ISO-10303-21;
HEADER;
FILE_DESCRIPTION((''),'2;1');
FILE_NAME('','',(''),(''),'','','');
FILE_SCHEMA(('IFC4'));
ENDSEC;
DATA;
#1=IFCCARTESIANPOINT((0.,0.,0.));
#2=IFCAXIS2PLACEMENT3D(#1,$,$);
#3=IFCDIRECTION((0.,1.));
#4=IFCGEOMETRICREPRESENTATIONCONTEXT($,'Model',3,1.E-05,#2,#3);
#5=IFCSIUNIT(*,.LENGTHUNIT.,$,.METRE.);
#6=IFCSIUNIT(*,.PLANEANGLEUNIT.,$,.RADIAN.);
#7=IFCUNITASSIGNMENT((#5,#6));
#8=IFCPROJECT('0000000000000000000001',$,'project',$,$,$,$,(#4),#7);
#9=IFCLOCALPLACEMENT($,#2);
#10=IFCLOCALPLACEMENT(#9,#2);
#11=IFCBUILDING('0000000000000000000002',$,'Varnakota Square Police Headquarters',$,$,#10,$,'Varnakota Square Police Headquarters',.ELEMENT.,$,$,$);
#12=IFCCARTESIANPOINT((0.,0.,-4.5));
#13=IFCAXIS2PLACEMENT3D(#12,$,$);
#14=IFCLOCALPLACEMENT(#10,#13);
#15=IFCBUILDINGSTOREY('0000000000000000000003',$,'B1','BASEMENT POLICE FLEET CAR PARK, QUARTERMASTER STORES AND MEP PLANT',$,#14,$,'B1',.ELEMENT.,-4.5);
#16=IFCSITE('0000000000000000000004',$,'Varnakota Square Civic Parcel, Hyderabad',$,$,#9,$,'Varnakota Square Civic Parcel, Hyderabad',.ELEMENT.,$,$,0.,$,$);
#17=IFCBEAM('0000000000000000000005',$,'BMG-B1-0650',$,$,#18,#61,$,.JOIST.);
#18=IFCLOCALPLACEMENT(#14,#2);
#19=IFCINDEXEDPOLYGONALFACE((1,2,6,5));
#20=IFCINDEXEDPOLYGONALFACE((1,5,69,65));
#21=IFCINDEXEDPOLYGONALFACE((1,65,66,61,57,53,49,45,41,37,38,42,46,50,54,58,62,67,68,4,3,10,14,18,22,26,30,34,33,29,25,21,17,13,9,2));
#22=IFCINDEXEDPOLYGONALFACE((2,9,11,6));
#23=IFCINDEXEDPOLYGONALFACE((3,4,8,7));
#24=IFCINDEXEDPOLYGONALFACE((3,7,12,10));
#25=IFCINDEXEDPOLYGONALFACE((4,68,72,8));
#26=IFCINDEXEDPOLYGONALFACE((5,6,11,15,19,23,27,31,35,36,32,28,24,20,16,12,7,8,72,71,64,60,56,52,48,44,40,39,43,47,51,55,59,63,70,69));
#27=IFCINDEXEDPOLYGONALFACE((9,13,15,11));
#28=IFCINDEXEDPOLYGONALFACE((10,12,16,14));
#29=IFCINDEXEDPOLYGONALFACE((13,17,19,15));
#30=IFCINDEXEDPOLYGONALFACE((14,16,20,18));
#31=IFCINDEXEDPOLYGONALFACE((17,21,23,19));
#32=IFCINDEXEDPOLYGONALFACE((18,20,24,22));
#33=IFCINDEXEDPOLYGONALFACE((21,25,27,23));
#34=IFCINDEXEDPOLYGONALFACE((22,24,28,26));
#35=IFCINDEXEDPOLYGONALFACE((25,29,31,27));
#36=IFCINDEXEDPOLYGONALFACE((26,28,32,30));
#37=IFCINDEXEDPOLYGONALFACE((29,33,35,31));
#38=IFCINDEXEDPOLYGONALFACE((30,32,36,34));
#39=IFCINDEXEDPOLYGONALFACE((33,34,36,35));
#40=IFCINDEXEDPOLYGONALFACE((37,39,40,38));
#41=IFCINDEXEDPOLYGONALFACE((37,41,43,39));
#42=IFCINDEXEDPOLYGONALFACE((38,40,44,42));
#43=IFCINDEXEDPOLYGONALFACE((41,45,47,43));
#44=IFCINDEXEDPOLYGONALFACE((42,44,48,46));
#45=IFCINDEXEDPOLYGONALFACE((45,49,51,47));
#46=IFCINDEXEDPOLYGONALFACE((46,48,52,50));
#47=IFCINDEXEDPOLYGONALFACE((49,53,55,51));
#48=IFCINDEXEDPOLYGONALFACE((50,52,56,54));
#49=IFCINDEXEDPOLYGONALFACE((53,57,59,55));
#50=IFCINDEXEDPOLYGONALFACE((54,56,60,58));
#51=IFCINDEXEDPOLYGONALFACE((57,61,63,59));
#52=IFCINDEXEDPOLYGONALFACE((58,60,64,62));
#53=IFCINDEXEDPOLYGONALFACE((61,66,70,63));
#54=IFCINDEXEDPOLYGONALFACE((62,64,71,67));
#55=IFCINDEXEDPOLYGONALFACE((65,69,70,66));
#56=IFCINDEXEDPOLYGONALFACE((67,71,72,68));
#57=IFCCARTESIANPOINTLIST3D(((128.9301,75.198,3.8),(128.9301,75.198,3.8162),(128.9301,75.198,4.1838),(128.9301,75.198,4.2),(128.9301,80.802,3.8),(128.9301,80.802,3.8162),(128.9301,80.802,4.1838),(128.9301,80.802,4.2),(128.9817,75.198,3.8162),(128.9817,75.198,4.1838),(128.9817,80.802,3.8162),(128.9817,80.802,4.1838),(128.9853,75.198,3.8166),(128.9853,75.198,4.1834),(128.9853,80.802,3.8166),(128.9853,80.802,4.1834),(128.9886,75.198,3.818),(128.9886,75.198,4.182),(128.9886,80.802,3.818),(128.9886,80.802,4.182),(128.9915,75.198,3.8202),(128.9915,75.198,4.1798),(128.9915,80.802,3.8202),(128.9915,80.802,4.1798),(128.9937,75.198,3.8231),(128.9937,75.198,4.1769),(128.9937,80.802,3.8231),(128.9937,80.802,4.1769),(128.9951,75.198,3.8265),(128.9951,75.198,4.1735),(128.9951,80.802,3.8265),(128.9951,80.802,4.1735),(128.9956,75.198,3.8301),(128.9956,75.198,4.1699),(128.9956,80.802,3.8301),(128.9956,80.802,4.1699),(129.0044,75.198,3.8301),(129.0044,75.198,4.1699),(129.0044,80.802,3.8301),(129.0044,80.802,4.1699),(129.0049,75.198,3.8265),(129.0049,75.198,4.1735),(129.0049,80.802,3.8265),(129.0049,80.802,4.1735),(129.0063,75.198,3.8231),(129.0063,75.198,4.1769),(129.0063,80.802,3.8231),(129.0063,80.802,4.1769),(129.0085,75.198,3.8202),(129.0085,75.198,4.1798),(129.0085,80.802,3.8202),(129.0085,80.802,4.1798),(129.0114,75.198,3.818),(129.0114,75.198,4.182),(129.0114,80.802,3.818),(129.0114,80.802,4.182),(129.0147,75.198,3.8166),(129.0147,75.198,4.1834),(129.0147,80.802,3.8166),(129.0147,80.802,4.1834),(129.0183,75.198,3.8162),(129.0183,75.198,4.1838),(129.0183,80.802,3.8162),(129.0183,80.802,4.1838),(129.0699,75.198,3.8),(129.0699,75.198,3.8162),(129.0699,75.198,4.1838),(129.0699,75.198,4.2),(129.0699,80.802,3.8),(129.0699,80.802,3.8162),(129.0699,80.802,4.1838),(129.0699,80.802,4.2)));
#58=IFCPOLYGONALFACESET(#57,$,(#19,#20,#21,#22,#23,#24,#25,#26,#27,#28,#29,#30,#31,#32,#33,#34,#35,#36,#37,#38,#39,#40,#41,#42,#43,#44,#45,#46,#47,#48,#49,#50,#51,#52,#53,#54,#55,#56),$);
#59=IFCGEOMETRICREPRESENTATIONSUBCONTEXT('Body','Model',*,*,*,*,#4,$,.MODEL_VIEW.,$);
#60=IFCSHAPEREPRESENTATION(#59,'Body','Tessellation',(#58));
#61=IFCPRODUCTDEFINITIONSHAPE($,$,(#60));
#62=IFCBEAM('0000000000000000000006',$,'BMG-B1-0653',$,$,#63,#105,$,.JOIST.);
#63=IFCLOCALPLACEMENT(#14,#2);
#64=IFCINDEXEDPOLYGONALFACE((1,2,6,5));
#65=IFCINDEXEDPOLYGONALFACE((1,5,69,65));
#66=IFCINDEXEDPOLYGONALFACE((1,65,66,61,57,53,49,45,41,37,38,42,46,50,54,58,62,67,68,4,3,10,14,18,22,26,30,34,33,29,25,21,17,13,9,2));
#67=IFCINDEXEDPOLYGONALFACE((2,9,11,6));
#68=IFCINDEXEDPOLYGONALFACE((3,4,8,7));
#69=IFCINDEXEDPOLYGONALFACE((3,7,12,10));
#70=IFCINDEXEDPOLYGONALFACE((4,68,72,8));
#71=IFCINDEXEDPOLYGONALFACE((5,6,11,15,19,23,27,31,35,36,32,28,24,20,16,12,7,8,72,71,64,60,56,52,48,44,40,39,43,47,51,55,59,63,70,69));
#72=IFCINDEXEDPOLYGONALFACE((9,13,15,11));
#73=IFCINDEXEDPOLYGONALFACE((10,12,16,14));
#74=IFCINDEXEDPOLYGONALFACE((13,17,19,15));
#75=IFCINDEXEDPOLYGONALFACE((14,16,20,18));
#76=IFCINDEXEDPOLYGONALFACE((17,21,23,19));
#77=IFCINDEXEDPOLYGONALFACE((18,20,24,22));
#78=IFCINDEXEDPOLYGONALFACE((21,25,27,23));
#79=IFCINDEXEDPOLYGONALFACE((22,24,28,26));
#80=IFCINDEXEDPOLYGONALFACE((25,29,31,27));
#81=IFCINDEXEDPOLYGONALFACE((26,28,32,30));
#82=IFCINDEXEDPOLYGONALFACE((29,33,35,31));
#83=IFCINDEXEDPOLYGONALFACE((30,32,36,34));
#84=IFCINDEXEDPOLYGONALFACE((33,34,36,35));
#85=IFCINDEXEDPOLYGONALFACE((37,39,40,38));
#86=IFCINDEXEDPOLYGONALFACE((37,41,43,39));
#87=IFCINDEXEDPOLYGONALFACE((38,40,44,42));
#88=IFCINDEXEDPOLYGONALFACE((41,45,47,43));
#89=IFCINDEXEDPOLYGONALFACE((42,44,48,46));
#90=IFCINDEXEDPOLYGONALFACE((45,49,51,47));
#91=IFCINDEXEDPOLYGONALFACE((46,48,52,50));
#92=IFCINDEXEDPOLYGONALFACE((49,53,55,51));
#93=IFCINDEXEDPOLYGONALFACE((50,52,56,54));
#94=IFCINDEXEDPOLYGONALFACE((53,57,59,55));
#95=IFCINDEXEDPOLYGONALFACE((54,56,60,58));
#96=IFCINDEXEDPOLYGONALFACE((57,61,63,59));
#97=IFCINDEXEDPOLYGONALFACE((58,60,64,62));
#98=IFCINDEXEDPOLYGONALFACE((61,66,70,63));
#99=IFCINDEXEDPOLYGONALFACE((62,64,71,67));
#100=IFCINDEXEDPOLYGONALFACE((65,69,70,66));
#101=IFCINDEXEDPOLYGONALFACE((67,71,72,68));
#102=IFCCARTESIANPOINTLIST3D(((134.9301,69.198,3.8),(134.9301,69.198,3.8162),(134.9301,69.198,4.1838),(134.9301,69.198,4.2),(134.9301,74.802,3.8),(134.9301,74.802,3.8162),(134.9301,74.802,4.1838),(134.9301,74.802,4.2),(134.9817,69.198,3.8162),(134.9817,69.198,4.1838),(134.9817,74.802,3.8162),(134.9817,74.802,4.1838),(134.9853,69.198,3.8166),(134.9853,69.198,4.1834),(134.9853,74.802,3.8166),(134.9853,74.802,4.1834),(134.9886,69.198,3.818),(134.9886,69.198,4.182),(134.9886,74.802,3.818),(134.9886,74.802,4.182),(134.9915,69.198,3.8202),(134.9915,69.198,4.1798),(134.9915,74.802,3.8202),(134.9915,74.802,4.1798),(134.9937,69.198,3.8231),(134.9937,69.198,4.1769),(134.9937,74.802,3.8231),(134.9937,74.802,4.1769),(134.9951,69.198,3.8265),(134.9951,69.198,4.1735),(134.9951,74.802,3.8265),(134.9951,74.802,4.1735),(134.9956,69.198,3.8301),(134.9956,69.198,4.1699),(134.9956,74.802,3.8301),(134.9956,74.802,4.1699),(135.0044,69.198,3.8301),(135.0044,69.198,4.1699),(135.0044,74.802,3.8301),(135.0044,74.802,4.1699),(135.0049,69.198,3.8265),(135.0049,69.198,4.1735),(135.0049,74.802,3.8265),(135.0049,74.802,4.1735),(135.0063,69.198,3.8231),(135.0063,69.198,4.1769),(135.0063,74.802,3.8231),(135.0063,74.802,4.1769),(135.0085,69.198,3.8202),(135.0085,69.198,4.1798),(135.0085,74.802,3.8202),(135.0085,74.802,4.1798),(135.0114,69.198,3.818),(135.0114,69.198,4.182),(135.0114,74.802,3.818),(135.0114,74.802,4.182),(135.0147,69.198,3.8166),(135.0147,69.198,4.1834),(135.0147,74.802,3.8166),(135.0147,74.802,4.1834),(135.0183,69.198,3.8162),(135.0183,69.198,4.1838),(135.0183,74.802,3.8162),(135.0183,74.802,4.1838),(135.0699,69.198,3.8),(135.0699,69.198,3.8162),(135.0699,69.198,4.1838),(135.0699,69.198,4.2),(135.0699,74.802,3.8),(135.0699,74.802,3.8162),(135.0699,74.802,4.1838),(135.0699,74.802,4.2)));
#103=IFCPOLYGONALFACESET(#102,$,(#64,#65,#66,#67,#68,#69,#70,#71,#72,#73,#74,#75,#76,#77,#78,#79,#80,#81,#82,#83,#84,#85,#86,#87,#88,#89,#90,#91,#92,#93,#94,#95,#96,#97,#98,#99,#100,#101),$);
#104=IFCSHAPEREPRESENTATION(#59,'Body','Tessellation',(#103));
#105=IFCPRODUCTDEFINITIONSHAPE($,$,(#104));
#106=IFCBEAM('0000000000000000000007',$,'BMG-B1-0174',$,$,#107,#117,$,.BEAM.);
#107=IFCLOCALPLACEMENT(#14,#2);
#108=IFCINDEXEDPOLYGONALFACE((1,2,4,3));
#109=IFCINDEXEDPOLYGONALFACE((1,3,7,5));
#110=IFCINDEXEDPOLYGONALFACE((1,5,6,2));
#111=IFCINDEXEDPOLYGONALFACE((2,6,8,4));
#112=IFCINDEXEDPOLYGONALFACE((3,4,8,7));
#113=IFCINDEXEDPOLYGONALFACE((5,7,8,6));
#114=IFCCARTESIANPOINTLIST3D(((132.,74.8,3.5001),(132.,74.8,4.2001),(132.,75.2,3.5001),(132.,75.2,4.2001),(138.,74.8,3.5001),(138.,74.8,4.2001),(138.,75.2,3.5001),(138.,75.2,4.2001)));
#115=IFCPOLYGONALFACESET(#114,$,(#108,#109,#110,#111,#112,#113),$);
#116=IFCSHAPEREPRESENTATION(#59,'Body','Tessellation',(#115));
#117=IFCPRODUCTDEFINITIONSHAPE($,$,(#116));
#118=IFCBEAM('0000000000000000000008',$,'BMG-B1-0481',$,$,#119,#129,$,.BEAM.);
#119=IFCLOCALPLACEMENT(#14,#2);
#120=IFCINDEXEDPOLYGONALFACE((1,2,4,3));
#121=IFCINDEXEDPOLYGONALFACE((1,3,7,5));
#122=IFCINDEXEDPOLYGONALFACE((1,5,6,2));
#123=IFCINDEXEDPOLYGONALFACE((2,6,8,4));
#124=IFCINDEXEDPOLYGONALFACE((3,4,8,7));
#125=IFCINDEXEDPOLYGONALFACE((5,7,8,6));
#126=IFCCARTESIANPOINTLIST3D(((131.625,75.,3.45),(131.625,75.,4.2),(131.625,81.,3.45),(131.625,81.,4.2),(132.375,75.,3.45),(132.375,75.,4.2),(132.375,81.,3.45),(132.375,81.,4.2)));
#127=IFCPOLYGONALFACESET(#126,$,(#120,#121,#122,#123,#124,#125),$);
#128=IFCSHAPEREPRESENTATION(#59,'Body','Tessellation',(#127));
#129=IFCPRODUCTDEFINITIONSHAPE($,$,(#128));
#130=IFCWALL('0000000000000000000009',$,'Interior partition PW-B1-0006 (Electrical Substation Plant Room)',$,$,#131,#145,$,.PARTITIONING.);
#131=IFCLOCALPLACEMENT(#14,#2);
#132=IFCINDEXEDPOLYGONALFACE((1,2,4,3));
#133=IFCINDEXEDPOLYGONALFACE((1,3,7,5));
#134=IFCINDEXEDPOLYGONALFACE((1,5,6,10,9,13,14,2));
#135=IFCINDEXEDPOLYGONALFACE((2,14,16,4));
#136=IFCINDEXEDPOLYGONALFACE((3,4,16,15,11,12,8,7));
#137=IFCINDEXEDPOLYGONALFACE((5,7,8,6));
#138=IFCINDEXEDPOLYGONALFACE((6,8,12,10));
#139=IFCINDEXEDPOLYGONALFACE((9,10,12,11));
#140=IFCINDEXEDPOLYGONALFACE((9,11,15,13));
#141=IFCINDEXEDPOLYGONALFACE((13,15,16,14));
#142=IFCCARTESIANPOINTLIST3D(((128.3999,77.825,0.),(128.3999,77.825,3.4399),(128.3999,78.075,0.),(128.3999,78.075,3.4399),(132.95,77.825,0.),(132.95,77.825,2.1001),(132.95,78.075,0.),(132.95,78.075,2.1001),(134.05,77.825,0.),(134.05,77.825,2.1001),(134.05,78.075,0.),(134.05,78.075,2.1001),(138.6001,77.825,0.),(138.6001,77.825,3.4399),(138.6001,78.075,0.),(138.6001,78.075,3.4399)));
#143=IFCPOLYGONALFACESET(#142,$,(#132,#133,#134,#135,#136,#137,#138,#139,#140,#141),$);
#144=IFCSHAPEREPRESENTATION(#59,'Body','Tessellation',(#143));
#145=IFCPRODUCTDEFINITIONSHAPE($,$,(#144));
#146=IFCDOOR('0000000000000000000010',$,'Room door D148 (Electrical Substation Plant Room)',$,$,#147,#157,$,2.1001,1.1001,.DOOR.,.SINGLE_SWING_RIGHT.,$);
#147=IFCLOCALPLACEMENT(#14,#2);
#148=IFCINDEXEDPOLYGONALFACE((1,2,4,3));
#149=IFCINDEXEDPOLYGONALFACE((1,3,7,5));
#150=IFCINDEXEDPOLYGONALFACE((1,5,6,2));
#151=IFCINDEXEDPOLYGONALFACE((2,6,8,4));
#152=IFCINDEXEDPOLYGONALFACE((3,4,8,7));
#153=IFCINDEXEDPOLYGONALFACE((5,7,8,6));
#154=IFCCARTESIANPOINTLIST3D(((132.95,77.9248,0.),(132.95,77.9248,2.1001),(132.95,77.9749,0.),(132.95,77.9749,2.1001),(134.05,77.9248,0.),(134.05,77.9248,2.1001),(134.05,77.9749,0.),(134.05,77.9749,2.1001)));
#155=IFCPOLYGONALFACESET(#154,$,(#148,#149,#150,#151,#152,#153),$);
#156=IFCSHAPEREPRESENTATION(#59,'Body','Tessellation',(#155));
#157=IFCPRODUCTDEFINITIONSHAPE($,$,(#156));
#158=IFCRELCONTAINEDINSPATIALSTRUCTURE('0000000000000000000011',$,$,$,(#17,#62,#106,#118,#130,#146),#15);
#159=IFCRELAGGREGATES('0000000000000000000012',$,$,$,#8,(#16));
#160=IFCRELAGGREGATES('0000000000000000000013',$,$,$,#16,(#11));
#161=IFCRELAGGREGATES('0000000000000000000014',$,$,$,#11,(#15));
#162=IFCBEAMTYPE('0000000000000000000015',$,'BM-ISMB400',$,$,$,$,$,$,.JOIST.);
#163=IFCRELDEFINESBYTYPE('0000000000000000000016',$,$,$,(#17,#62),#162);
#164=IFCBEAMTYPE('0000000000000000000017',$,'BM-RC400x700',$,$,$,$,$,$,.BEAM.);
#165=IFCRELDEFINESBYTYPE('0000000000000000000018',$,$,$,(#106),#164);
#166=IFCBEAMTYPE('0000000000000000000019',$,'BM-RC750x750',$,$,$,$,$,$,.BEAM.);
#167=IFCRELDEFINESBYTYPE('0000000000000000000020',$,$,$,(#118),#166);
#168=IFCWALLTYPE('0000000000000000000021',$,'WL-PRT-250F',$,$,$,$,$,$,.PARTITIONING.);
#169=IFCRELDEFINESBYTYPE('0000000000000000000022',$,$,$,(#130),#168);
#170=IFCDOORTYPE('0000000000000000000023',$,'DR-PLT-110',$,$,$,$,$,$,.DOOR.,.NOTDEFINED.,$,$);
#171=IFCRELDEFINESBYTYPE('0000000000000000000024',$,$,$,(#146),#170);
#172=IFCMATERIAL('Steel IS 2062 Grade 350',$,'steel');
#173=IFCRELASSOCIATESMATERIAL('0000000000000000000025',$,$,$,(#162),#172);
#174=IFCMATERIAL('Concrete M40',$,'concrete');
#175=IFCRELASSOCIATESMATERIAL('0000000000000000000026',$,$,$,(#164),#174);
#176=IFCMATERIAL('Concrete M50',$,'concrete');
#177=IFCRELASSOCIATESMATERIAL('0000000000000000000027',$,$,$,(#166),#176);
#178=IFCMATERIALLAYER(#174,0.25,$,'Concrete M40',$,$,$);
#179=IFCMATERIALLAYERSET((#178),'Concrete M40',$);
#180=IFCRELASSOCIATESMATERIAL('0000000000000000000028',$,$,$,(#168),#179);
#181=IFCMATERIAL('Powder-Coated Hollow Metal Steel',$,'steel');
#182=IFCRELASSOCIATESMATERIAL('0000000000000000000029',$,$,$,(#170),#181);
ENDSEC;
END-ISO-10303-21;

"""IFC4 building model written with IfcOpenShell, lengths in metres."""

from ifc_helpers import new_model, si_unit, direction, frame, frame_2d, origin, origin_2d, place, context, subcontext, project, spatial, rectangle, i_section, extrude, material, layer, layer_set, material_profile, profile_set, type_object, element, fill, save


model = new_model("IFC4")

# Units and contexts
model_context = context("Model", 3, precision=1e-05, world=origin(), true_north=direction((0.0, 1.0)))
body_context = subcontext(model_context, "Body", "Model", "MODEL_VIEW")
ifc_project = project(units=[si_unit("LENGTHUNIT", "METRE"), si_unit("PLANEANGLEUNIT", "RADIAN")], contexts=[model_context])

# Site, building, storey
site_placement = place(None, origin())
site = spatial("IfcSite", under=ifc_project, at=site_placement, Name="Varnakota Square Civic Parcel, Hyderabad", LongName="Varnakota Square Civic Parcel, Hyderabad", CompositionType="ELEMENT", RefElevation=0.0)
building_placement = place(site_placement, origin())
building = spatial("IfcBuilding", under=site, at=building_placement, Name="Varnakota Square Police Headquarters", LongName="Varnakota Square Police Headquarters", CompositionType="ELEMENT")
storey_placement = place(building_placement, frame((0.0, 0.0, -4.5)))
storey = spatial("IfcBuildingStorey", under=building, at=storey_placement, Name="B1", Description="BASEMENT POLICE FLEET CAR PARK, QUARTERMASTER STORES AND MEP PLANT", LongName="B1", CompositionType="ELEMENT", Elevation=-4.5)

# Shared definitions
ifc_material_1 = material(Name="Concrete M40", Category="concrete")

# Shared definitions
ifc_material_2 = material(Name="Concrete M50", Category="concrete")

# Beams
ifc_material_3 = material(Name="Steel IS 2062 Grade 350", Category="steel")
ifc_material_profile_1 = material_profile(ifc_material_3, i_section(OverallWidth=0.1399, OverallDepth=0.3999, WebThickness=0.0088, FlangeThickness=0.0161, FilletRadius=0.0139, at=origin_2d()), Name="ISMB 400")
ifc_profile_set_1 = profile_set([ifc_material_profile_1], Name="Steel IS 2062 Grade 350")
beam_type_1 = type_object("IfcBeamType", Name="BM-ISMB400", PredefinedType="JOIST", material=ifc_profile_set_1)
for number, where, z_axis, x_axis, name in (
    (1, (129.0, 75.198, 4.0), (0.0, 1.0, 0.0), (-1.0, 0.0, 0.0), "BMG-B1-0650"),
    (2, (135.0, 69.198, 4.0), (0.0, 1.0, 0.0), (-1.0, 0.0, 0.0), "BMG-B1-0653"),
):
    element("IfcBeam", number, at=place(storey_placement, frame(where, z_axis=z_axis, x_axis=x_axis)), inside=storey, type_object=beam_type_1, Name=name, PredefinedType="JOIST", context=body_context, shape_type="SweptSolid", body=[
        extrude(i_section(OverallWidth=0.1399, OverallDepth=0.3999, WebThickness=0.0088, FlangeThickness=0.0161, FilletRadius=0.0139, at=origin_2d()), origin(), (0.0, 0.0, 1.0), 5.604),
    ])
ifc_material_profile_2 = material_profile(ifc_material_1, rectangle(XDim=0.3999, YDim=0.7, at=origin_2d()), Name="RC 400x700")
ifc_profile_set_2 = profile_set([ifc_material_profile_2], Name="Concrete M40")
beam_type_2 = type_object("IfcBeamType", Name="BM-RC400x700", PredefinedType="BEAM", material=ifc_profile_set_2)
beam_1_placement = place(storey_placement, frame((132.0, 75.0, 3.8501), z_axis=(1.0, 0.0, 0.0), x_axis=(0.0, 1.0, 0.0)))
element("IfcBeam", 3, at=beam_1_placement, inside=storey, type_object=beam_type_2, Name="BMG-B1-0174", PredefinedType="BEAM", context=body_context, shape_type="SweptSolid", body=[
    extrude(rectangle(XDim=0.3999, YDim=0.7, at=origin_2d()), origin(), (0.0, 0.0, 1.0), 6.0),
])
ifc_material_profile_3 = material_profile(ifc_material_2, rectangle(XDim=0.75, YDim=0.75, at=origin_2d()), Name="RC 750x750")
ifc_profile_set_3 = profile_set([ifc_material_profile_3], Name="Concrete M50")
beam_type_3 = type_object("IfcBeamType", Name="BM-RC750x750", PredefinedType="BEAM", material=ifc_profile_set_3)
beam_2_placement = place(storey_placement, frame((132.0, 75.0, 3.825), z_axis=(0.0, 1.0, 0.0), x_axis=(-1.0, 0.0, 0.0)))
element("IfcBeam", 4, at=beam_2_placement, inside=storey, type_object=beam_type_3, Name="BMG-B1-0481", PredefinedType="BEAM", context=body_context, shape_type="SweptSolid", body=[
    extrude(rectangle(XDim=0.75, YDim=0.75, at=origin_2d()), origin(), (0.0, 0.0, 1.0), 6.0),
])

# Wall, opening, door
ifc_layer = layer(ifc_material_1, 0.25, Name="Concrete M40")
ifc_layer_set = layer_set([ifc_layer], Name="Concrete M40")
wall_type = type_object("IfcWallType", Name="WL-PRT-250F", PredefinedType="PARTITIONING", material=ifc_layer_set)
wall_placement = place(storey_placement, frame((128.3999, 77.95, 0.0), z_axis=(0.0, 0.0, 1.0), x_axis=(1.0, 0.0, 0.0)))
wall = element("IfcWall", 5, at=wall_placement, inside=storey, type_object=wall_type, Name="Interior partition PW-B1-0006 (Electrical Substation Plant Room)", PredefinedType="PARTITIONING", context=body_context, shape_type="SweptSolid", body=[
    extrude(rectangle(XDim=10.2002, YDim=0.25, at=frame_2d((5.1001, 0.0))), origin(), (0.0, 0.0, 1.0), 3.4399),
])
opening_placement = place(wall_placement, frame((4.55, 0.0, 0.0)))
opening = element("IfcOpeningElement", 6, at=opening_placement, cuts=wall, PredefinedType="OPENING", context=body_context, shape_type="SweptSolid", body=[
    extrude(rectangle(XDim=1.1001, YDim=2.1001, at=frame_2d((0.55, 1.05))), frame((0.0, 0.135, 0.0), z_axis=(0.0, -1.0, 0.0), x_axis=(1.0, 0.0, 0.0)), (0.0, 0.0, 1.0), 0.27),
])
ifc_material_4 = material(Name="Powder-Coated Hollow Metal Steel", Category="steel")
door_type = type_object("IfcDoorType", Name="DR-PLT-110", OperationType="NOTDEFINED", PredefinedType="DOOR", material=ifc_material_4)
door_placement = place(opening_placement, origin())
door = element("IfcDoor", 7, at=door_placement, inside=storey, type_object=door_type, Name="Room door D148 (Electrical Substation Plant Room)", OperationType="SINGLE_SWING_RIGHT", OverallHeight=2.1001, OverallWidth=1.1001, PredefinedType="DOOR", context=body_context, shape_type="SweptSolid", body=[
    extrude(rectangle(XDim=1.1001, YDim=2.1001, at=frame_2d((0.55, 1.05))), frame((0.0, 0.0249, 0.0), z_axis=(0.0, -1.0, 0.0), x_axis=(1.0, 0.0, 0.0)), (0.0, 0.0, 1.0), 0.05),
])
fill(opening, door)

save(model, "model.ifc")
